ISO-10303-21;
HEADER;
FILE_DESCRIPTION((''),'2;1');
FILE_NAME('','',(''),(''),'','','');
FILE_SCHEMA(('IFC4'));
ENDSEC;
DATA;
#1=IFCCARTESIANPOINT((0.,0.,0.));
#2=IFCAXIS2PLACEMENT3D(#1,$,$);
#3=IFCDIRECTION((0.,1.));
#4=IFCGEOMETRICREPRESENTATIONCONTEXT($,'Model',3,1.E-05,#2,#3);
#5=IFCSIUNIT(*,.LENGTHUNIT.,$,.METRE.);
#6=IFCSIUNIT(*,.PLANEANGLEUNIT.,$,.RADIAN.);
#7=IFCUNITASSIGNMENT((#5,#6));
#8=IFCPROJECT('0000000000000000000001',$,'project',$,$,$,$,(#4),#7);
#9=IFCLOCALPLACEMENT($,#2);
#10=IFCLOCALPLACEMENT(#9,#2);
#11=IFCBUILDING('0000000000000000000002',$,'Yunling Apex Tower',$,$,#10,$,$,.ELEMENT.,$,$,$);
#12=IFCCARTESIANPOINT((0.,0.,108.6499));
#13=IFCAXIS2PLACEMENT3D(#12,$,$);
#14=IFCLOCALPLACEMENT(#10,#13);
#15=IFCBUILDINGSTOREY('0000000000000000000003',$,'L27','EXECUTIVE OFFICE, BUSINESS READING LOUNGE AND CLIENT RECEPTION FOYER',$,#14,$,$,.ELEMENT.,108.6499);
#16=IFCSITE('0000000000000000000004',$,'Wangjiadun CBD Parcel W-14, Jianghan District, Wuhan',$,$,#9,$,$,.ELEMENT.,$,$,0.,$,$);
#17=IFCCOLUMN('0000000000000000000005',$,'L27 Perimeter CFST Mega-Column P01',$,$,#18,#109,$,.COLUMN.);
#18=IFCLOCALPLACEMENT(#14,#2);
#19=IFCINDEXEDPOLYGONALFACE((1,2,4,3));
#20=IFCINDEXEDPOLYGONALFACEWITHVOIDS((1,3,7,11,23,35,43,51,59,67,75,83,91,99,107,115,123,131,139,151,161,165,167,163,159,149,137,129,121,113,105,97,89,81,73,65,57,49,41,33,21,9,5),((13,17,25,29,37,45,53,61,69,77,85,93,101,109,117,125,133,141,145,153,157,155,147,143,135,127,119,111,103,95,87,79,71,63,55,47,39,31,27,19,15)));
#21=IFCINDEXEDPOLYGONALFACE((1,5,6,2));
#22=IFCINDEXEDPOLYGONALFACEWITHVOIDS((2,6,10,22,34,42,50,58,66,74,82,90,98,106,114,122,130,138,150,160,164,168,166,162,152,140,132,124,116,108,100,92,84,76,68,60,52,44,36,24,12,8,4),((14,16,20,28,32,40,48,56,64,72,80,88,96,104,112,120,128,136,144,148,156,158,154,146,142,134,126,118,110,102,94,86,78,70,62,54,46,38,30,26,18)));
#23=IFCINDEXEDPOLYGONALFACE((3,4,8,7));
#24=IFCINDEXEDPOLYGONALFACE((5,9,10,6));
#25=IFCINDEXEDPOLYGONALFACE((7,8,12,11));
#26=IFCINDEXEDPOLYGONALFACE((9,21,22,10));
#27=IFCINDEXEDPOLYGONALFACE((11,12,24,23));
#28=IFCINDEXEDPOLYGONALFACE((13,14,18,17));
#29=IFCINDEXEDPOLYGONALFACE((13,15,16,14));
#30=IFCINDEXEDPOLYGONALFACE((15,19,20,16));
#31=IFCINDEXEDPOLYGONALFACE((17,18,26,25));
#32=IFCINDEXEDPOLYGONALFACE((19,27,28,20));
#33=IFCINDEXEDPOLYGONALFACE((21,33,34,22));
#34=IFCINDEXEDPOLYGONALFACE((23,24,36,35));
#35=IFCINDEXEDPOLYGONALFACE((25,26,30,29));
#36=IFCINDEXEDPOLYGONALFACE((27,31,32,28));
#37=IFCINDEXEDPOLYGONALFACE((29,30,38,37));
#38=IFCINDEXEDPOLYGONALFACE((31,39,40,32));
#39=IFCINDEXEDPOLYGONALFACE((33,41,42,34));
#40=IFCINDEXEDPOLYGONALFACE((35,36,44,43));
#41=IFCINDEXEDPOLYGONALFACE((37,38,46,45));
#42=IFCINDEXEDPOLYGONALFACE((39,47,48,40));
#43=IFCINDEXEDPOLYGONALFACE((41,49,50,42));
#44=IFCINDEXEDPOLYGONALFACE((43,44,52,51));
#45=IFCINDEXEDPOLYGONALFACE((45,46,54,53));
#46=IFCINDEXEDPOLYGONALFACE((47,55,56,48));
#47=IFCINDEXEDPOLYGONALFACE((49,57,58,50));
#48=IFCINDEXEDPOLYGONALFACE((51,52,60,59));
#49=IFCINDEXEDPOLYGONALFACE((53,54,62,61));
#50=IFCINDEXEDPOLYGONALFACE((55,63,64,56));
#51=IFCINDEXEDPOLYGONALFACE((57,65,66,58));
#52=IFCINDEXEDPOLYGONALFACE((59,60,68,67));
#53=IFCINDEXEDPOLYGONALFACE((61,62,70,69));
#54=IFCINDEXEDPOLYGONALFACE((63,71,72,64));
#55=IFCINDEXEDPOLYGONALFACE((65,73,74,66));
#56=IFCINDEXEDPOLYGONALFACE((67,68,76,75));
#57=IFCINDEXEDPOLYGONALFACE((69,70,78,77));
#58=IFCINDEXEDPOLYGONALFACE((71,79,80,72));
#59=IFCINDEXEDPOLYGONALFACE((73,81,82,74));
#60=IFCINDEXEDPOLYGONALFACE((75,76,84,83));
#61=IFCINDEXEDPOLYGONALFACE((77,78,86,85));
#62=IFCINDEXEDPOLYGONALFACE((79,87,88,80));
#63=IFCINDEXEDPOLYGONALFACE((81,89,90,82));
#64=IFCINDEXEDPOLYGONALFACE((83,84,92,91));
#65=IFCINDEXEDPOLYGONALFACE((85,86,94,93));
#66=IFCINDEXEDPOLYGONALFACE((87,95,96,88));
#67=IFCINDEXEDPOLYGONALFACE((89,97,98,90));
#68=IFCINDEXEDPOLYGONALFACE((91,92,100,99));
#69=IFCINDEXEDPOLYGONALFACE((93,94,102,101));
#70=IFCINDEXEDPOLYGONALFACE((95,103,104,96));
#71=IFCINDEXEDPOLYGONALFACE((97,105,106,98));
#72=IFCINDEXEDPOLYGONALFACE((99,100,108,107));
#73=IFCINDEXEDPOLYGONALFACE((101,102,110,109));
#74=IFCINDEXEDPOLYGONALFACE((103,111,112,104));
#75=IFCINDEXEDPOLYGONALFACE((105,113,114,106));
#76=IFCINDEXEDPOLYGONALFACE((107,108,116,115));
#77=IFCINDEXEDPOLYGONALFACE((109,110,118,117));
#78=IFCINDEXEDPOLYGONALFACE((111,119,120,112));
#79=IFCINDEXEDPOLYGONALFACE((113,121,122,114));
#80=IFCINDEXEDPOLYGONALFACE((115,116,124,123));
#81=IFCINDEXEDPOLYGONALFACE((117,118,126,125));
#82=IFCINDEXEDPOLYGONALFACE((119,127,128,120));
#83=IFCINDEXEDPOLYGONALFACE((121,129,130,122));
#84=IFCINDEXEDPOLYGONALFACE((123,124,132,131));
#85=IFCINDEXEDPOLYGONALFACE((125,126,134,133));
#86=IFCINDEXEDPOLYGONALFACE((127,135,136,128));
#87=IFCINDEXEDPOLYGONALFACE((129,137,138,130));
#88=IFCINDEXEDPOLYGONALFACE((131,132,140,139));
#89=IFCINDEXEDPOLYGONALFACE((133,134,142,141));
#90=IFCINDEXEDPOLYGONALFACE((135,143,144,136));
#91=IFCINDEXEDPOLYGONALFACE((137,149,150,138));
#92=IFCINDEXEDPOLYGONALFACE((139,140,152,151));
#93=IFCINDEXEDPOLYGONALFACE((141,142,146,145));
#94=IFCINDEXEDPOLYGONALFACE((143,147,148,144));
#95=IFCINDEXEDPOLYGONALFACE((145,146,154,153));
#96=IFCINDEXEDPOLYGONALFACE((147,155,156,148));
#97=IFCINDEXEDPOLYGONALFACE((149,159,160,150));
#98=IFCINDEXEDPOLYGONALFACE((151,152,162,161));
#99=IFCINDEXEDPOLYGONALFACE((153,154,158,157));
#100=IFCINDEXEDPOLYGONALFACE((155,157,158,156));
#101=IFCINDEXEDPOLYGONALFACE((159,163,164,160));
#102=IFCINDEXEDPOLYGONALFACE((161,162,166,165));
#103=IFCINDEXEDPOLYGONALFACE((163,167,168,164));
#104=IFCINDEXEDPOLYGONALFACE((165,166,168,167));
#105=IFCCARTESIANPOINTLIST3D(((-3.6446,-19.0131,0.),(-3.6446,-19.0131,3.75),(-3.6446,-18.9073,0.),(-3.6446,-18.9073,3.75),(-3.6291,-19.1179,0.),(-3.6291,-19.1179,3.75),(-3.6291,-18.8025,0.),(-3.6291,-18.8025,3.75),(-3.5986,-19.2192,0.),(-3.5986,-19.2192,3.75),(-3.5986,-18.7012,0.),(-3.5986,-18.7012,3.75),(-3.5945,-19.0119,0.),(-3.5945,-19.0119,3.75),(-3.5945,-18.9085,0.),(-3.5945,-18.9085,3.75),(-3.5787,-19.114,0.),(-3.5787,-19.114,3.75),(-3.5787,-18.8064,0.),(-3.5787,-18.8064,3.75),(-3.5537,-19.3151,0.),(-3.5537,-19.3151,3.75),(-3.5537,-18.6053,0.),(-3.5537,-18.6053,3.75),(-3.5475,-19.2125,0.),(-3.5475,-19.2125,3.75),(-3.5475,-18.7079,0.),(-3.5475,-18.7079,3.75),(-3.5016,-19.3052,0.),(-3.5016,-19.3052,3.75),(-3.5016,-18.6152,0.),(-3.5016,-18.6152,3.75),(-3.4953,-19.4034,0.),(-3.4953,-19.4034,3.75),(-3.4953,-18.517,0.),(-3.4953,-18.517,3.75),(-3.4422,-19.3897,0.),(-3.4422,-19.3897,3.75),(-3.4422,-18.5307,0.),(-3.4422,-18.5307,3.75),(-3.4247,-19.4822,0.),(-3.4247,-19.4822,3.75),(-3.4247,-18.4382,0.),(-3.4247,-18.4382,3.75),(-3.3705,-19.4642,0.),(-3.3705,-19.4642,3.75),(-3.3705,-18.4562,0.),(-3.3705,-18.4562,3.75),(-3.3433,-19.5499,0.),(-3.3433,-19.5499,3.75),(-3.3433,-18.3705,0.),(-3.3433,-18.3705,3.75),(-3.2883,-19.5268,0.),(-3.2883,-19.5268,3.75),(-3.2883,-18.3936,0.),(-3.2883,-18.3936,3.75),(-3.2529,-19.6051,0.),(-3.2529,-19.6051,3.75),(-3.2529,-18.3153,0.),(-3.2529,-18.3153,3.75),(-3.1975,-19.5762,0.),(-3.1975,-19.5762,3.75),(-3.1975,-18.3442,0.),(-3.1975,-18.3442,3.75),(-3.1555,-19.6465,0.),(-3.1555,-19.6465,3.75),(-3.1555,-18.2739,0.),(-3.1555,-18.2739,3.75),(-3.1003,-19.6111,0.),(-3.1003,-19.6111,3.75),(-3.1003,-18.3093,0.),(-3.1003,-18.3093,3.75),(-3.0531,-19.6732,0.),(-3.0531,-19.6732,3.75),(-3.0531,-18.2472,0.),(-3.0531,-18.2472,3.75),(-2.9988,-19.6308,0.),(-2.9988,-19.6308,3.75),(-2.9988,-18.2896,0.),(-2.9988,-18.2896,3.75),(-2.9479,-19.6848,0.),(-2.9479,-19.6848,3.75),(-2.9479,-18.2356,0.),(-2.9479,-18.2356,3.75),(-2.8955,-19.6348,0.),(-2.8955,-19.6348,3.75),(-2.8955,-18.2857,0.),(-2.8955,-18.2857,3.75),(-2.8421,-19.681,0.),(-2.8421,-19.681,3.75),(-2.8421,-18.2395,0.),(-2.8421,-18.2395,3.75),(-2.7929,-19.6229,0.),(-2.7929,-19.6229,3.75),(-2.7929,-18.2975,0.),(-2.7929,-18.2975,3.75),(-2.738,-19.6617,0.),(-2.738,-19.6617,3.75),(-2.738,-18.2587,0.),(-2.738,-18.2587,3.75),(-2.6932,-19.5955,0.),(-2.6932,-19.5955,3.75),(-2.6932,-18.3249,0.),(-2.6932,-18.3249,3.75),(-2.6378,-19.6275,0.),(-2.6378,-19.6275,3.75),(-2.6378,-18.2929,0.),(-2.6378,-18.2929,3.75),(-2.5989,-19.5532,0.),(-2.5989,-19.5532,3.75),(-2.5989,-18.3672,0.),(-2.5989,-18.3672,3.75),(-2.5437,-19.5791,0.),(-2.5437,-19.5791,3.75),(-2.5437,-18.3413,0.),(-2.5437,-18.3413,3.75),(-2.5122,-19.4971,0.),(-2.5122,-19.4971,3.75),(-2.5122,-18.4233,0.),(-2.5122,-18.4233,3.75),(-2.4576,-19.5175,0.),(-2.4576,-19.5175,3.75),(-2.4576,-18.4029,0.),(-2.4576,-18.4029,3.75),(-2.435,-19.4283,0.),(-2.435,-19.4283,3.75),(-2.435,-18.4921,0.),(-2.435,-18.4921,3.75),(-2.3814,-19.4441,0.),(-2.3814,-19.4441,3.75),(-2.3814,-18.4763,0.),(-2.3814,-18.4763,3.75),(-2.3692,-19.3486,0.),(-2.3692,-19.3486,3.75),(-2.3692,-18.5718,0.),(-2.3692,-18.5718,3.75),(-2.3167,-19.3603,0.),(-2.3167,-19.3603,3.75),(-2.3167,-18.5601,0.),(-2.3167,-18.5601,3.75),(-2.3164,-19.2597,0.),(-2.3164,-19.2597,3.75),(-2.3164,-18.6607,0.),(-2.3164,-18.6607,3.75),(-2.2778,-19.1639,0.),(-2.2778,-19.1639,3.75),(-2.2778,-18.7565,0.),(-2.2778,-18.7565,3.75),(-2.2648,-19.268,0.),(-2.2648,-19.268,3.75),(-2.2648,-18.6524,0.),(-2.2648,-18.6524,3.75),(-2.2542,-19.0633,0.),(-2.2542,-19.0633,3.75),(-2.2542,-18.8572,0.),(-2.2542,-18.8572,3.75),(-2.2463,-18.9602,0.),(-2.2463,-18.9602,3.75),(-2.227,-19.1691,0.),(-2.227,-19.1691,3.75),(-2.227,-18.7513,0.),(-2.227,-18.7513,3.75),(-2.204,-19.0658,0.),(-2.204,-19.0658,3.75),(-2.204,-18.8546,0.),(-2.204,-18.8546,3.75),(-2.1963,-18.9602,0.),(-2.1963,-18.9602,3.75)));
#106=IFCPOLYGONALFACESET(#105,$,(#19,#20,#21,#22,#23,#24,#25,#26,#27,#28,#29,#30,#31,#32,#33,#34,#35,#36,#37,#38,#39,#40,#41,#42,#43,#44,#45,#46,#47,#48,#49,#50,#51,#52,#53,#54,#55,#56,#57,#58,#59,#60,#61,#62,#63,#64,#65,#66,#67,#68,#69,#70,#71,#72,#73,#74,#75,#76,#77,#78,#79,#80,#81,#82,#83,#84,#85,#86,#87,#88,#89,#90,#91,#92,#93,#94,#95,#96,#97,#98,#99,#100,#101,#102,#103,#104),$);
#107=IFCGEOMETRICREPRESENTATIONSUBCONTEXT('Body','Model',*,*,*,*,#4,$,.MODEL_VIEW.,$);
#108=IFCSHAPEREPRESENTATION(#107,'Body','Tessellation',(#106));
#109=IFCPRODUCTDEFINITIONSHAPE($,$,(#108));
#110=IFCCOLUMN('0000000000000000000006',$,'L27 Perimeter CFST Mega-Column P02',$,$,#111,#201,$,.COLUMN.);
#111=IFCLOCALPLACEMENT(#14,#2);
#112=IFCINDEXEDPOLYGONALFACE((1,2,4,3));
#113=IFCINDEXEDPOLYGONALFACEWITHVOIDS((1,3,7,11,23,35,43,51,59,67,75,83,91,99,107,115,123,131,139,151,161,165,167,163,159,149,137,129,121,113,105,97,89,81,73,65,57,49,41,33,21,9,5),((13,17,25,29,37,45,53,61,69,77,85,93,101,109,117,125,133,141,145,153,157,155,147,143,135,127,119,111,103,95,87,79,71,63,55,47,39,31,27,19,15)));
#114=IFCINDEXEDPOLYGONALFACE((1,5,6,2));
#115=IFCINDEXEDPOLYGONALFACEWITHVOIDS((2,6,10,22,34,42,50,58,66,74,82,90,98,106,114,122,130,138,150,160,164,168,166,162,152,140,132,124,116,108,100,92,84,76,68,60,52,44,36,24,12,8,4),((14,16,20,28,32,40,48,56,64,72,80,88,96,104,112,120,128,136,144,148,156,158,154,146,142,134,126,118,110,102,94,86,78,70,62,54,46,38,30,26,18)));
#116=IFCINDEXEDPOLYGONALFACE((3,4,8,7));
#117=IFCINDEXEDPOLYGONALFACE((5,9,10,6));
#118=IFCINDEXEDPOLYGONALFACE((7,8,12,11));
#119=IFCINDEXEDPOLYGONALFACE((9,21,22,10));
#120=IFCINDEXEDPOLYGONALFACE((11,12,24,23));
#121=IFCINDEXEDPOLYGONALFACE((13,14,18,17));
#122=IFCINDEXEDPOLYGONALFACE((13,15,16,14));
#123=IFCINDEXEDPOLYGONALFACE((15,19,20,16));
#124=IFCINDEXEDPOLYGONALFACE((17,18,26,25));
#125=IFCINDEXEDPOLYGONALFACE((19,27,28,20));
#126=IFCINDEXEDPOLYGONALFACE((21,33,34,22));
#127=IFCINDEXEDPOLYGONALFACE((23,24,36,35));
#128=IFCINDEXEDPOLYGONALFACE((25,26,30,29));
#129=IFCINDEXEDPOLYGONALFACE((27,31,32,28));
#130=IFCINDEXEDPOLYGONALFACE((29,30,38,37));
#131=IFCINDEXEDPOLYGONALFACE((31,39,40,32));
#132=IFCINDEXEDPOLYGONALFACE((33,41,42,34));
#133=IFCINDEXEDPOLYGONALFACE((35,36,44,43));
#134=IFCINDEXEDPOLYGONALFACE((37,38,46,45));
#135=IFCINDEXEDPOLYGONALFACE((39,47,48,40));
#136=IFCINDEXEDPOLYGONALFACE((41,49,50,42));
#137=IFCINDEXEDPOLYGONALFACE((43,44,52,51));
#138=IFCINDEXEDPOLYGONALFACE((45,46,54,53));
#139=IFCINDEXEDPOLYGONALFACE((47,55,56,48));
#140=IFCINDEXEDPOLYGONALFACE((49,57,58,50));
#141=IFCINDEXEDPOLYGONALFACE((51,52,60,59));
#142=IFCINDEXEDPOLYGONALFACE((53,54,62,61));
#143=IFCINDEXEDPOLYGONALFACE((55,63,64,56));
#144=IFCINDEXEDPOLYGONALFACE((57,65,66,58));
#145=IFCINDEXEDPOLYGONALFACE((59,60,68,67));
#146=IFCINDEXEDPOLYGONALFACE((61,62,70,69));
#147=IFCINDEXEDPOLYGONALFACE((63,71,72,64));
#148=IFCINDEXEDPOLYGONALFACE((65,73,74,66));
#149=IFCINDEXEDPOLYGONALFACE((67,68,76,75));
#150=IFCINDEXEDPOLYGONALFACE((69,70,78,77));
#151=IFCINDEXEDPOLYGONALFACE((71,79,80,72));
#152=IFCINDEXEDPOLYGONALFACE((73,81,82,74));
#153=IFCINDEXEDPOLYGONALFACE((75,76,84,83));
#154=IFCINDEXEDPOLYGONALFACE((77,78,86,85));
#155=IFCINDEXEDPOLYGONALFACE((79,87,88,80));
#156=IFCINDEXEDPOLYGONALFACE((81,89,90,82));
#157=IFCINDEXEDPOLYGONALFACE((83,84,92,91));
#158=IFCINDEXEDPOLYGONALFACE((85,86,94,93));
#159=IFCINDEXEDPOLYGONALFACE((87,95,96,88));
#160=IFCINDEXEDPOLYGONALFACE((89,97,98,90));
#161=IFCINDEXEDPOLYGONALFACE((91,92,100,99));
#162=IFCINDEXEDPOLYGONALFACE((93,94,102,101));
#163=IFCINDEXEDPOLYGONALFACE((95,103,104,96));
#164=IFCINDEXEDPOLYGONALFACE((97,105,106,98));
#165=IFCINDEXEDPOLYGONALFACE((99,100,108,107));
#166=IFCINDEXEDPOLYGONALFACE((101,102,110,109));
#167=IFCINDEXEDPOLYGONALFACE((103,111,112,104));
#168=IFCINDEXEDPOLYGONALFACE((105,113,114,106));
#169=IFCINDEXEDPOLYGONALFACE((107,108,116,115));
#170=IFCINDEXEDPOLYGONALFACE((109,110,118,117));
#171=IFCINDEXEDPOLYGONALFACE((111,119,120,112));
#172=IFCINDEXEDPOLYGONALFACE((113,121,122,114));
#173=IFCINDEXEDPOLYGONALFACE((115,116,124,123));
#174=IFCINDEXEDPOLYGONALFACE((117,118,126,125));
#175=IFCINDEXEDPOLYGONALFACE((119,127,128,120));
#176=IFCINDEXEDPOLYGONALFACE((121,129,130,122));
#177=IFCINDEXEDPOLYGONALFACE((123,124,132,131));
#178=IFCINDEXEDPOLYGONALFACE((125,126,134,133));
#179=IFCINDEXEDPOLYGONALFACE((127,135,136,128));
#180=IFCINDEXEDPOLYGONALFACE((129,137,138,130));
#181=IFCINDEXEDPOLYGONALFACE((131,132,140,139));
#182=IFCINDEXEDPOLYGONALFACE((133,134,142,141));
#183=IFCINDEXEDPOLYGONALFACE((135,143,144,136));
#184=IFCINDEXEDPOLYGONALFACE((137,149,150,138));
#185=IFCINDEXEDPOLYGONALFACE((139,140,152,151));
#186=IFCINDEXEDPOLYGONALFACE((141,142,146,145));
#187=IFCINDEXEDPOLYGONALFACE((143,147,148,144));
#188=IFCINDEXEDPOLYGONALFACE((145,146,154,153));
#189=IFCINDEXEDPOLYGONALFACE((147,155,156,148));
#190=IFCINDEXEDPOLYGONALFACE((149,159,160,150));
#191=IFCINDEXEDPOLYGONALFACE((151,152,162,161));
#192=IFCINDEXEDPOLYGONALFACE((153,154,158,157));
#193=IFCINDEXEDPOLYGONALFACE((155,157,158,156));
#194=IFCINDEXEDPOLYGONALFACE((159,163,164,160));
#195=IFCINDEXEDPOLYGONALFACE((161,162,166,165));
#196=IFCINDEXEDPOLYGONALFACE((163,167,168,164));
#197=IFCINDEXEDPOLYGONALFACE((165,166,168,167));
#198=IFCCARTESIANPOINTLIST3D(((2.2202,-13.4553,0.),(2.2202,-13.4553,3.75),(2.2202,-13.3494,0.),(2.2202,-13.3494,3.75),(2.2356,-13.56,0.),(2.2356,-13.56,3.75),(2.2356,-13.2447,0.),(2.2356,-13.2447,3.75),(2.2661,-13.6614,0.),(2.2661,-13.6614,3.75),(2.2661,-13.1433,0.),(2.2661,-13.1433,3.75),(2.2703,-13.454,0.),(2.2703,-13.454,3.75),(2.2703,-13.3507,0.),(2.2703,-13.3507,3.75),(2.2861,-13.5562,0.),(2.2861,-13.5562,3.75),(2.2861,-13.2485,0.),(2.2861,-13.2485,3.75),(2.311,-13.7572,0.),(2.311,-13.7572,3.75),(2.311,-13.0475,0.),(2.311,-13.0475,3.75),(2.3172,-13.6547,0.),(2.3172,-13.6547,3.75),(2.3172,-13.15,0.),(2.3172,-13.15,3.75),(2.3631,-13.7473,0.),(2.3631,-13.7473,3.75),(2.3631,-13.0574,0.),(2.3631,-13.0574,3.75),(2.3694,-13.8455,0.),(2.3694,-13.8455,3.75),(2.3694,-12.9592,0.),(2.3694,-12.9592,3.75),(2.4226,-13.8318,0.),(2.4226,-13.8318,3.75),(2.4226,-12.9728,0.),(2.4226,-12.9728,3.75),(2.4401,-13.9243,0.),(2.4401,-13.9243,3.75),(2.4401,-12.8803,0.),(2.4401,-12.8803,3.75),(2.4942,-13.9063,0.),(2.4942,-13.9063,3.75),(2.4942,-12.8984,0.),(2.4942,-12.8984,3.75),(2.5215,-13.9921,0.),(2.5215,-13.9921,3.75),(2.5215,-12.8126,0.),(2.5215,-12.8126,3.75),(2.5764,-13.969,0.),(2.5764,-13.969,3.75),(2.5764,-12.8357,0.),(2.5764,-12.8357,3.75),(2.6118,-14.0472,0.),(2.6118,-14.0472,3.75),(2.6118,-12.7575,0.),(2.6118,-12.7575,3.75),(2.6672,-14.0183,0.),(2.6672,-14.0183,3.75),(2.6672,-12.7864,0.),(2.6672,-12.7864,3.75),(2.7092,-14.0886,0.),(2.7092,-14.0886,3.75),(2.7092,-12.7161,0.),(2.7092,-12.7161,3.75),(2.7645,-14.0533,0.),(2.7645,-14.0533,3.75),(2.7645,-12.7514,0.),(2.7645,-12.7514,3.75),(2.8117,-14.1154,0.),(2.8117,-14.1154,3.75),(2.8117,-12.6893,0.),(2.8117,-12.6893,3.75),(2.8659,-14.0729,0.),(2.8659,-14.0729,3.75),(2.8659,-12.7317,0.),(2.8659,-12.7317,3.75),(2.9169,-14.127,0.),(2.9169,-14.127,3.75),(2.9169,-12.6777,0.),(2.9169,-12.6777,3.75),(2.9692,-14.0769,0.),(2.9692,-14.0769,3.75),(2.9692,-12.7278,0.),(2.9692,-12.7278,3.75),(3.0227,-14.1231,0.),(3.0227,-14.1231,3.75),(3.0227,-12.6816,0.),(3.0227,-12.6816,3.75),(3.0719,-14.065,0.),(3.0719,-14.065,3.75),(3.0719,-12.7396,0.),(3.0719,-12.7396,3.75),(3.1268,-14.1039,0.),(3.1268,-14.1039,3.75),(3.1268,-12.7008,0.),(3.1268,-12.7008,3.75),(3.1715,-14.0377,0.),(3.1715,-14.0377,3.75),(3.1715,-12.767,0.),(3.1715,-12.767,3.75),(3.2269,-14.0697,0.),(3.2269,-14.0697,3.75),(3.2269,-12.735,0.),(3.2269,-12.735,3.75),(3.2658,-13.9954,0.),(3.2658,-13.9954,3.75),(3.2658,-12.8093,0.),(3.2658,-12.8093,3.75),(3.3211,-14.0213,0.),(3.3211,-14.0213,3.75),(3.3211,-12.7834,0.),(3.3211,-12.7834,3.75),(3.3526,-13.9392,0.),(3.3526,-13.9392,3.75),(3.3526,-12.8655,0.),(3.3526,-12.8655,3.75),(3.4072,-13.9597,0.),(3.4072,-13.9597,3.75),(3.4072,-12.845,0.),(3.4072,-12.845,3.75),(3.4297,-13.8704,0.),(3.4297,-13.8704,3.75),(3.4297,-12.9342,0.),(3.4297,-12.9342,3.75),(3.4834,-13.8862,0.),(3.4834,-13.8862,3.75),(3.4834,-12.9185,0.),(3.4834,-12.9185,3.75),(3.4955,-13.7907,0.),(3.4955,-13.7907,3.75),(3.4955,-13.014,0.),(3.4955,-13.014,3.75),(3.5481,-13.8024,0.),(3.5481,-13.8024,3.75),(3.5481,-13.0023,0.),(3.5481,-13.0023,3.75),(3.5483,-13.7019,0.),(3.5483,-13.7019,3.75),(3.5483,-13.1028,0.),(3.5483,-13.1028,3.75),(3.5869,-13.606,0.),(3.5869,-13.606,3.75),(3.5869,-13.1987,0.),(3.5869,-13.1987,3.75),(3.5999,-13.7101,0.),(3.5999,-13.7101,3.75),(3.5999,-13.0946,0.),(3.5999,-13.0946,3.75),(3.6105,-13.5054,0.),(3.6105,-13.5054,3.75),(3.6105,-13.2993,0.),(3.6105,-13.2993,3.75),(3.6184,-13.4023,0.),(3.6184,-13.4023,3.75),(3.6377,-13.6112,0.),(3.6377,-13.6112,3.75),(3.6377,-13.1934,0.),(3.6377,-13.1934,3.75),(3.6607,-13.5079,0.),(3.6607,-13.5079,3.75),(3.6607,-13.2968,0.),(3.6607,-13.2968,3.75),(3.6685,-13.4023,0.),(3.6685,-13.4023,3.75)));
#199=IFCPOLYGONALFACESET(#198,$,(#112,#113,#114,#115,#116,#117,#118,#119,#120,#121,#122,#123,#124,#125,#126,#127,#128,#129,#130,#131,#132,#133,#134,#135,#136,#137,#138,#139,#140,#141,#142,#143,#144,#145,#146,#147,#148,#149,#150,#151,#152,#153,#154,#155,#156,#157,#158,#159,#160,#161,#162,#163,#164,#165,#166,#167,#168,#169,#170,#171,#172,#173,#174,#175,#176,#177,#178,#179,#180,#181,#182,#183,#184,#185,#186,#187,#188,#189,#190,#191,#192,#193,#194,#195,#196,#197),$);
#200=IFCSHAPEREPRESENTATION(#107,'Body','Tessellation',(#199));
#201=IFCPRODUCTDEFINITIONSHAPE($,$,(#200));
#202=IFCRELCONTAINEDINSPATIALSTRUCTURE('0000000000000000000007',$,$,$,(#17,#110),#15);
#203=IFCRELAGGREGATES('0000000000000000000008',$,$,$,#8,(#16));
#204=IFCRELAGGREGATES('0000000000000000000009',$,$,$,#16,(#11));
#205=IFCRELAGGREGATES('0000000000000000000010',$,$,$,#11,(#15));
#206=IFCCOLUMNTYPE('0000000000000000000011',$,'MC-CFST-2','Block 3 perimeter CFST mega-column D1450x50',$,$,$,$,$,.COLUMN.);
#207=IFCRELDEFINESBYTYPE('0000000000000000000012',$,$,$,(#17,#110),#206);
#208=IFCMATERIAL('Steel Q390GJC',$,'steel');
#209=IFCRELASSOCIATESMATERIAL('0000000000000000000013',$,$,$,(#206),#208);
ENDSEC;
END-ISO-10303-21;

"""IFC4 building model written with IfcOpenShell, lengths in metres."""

from ifc_helpers import new_model, si_unit, direction, frame, origin, origin_2d, place, context, subcontext, project, spatial, hollow_circle, extrude, source, transform, mapped, material, material_profile, profile_set, type_object, element, save


model = new_model("IFC4")

# Units and contexts
model_context = context("Model", 3, precision=1e-05, world=origin(), true_north=direction((0.0, 1.0)))
body_context = subcontext(model_context, "Body", "Model", "MODEL_VIEW")
ifc_project = project(units=[si_unit("LENGTHUNIT", "METRE"), si_unit("PLANEANGLEUNIT", "RADIAN")], contexts=[model_context])

# Site, building, storey
site_placement = place(None, origin())
site = spatial("IfcSite", under=ifc_project, at=site_placement, Name="Wangjiadun CBD Parcel W-14, Jianghan District, Wuhan", CompositionType="ELEMENT", RefElevation=0.0)
building_placement = place(site_placement, origin())
building = spatial("IfcBuilding", under=site, at=building_placement, Name="Yunling Apex Tower", CompositionType="ELEMENT")
storey_placement = place(building_placement, frame((0.0, 0.0, 108.6499)))
storey = spatial("IfcBuildingStorey", under=building, at=storey_placement, Name="L27", Description="EXECUTIVE OFFICE, BUSINESS READING LOUNGE AND CLIENT RECEPTION FOYER", CompositionType="ELEMENT", Elevation=108.6499)

# Columns
ifc_material_1 = material(Name="Steel Q390GJC", Category="steel")
ifc_material_profile_1 = material_profile(ifc_material_1, hollow_circle(Radius=0.7251, WallThickness=0.05, at=origin_2d()))
ifc_profile_set_1 = profile_set([ifc_material_profile_1], Name="Steel Q390GJC")
column_type = type_object("IfcColumnType", Name="MC-CFST-2", Description="Block 3 perimeter CFST mega-column D1450x50", PredefinedType="COLUMN", material=ifc_profile_set_1)
shared_shape_1 = source(origin(), body_context, "Body", "SweptSolid", [
    extrude(hollow_circle(Radius=0.7251, WallThickness=0.05, at=origin_2d()), origin(), (0.0, 0.0, 1.0), 3.75),
])
for number, where, z_axis, x_axis, name in (
    (1, (-2.9214, -18.9602, 0.0), (0.0, 0.0, 1.0), (1.0, 0.0, 0.0), "L27 Perimeter CFST Mega-Column P01"),
    (2, (2.9434, -13.4023, 0.0), (0.0, 0.0, 1.0), (1.0, 0.0, 0.0), "L27 Perimeter CFST Mega-Column P02"),
):
    element("IfcColumn", number, at=place(storey_placement, frame(where, z_axis=z_axis, x_axis=x_axis)), inside=storey, type_object=column_type, Name=name, PredefinedType="COLUMN", context=body_context, shape_type="MappedRepresentation", body=[
        mapped(shared_shape_1, transform((0.0, 0.0, 0.0), scale=1.0)),
    ])

save(model, "model.ifc")
